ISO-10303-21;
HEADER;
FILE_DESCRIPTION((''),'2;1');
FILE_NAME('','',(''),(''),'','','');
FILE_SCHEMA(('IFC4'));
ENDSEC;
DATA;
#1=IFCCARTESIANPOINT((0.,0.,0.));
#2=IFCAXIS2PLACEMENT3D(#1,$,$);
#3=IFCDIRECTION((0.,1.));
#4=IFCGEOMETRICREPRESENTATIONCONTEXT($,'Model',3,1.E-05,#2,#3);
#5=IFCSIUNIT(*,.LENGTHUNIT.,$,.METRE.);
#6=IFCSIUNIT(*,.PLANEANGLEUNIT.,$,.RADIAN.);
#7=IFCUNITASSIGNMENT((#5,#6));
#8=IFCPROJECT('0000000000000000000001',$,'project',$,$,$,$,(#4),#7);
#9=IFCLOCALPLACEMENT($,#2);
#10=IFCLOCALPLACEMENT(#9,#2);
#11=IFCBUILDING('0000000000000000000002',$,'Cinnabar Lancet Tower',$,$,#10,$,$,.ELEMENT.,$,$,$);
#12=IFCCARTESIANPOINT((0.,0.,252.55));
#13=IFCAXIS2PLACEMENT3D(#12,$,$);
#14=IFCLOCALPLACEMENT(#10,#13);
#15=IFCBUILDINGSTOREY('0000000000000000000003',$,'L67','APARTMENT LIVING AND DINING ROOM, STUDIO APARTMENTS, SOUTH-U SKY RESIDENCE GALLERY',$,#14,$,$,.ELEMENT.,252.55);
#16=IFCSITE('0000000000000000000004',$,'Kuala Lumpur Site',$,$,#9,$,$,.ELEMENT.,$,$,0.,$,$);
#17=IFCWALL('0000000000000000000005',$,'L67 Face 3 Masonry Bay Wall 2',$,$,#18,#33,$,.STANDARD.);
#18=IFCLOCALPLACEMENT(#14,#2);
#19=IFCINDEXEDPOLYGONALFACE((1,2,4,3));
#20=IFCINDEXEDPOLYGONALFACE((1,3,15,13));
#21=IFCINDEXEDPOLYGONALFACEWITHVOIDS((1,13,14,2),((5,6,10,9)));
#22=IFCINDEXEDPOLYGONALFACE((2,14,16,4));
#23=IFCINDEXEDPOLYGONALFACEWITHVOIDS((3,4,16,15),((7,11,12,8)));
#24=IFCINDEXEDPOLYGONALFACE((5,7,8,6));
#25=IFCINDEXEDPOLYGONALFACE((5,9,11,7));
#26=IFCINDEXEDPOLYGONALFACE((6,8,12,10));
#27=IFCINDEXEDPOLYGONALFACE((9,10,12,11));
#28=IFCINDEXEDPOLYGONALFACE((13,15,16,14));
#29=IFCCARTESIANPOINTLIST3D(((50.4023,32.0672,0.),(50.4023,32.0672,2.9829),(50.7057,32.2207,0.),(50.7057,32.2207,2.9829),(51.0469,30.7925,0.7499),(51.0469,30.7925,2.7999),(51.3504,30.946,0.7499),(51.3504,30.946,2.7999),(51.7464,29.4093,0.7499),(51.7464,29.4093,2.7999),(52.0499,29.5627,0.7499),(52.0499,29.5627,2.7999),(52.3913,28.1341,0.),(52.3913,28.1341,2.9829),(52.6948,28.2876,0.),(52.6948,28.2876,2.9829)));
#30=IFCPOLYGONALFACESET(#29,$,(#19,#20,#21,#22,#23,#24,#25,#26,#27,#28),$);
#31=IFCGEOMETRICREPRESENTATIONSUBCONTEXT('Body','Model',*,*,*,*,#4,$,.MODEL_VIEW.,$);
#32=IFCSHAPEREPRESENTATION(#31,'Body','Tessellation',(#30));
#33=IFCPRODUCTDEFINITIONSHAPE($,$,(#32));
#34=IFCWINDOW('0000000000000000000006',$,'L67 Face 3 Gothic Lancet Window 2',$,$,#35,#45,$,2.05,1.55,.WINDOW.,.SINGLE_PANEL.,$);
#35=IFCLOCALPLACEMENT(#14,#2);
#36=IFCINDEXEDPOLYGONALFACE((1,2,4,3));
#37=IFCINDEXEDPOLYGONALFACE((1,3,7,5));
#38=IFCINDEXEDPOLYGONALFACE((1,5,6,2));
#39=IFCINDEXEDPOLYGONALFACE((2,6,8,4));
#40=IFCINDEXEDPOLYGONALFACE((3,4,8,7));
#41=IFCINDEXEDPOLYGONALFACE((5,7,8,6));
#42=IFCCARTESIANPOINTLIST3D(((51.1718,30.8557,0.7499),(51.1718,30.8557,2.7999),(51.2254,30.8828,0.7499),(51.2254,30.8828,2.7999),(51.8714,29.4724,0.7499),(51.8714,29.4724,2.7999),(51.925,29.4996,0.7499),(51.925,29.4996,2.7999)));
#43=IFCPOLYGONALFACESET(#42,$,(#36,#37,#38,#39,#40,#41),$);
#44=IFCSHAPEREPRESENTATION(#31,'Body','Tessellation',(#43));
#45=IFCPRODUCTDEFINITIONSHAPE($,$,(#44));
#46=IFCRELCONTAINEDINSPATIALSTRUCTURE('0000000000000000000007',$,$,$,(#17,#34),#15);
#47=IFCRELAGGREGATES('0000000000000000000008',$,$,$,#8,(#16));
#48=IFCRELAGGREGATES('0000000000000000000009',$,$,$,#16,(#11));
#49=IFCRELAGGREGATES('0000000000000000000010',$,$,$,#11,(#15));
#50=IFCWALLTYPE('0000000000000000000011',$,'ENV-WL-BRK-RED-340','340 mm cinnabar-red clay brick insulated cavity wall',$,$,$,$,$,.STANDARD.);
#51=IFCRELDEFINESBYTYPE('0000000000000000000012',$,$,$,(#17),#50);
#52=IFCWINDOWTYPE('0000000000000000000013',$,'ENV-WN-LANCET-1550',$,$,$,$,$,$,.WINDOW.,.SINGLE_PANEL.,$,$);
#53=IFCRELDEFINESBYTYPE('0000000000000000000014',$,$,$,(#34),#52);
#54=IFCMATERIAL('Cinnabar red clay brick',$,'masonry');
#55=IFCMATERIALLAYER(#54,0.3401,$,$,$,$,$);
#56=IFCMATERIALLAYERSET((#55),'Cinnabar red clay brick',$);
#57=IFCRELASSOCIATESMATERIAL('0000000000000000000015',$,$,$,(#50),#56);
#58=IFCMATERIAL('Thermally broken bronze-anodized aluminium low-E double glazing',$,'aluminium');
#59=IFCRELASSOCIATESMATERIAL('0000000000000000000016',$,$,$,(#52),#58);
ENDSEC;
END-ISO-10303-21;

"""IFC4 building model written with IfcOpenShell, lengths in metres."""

from ifc_helpers import new_model, si_unit, direction, frame, frame_2d, origin, place, context, subcontext, project, spatial, rectangle, extrude, material, layer, layer_set, type_object, element, fill, save


model = new_model("IFC4")

# Units and contexts
model_context = context("Model", 3, precision=1e-05, world=origin(), true_north=direction((0.0, 1.0)))
body_context = subcontext(model_context, "Body", "Model", "MODEL_VIEW")
ifc_project = project(units=[si_unit("LENGTHUNIT", "METRE"), si_unit("PLANEANGLEUNIT", "RADIAN")], contexts=[model_context])

# Site, building, storey
site_placement = place(None, origin())
site = spatial("IfcSite", under=ifc_project, at=site_placement, Name="Kuala Lumpur Site", CompositionType="ELEMENT", RefElevation=0.0)
building_placement = place(site_placement, origin())
building = spatial("IfcBuilding", under=site, at=building_placement, Name="Cinnabar Lancet Tower", CompositionType="ELEMENT")
storey_placement = place(building_placement, frame((0.0, 0.0, 252.55)))
storey = spatial("IfcBuildingStorey", under=building, at=storey_placement, Name="L67", Description="APARTMENT LIVING AND DINING ROOM, STUDIO APARTMENTS, SOUTH-U SKY RESIDENCE GALLERY", CompositionType="ELEMENT", Elevation=252.55)

# Shared definitions
ifc_material_1 = material(Name="Cinnabar red clay brick", Category="masonry")
ifc_layer_1 = layer(ifc_material_1, 0.3401)
ifc_layer_set_1 = layer_set([ifc_layer_1], Name="Cinnabar red clay brick")
wall_type_1 = type_object("IfcWallType", Name="ENV-WL-BRK-RED-340", Description="340 mm cinnabar-red clay brick insulated cavity wall", PredefinedType="STANDARD", material=ifc_layer_set_1)

# Wall, opening, window
wall_1_placement = place(storey_placement, frame((52.543, 28.2109, 0.0), z_axis=(0.0, 0.0, 1.0), x_axis=(-0.451286, 0.892379, 0.0)))
wall_1 = element("IfcWall", 1, at=wall_1_placement, inside=storey, type_object=wall_type_1, Name="L67 Face 3 Masonry Bay Wall 2", PredefinedType="STANDARD", context=body_context, shape_type="SweptSolid", body=[
    extrude(rectangle(XDim=4.4075, YDim=0.3401, at=frame_2d((2.2036, 0.0))), origin(), (0.0, 0.0, 1.0), 2.9829),
])
opening_1_placement = place(wall_1_placement, frame((1.429, 0.0, 0.75)))
opening_1 = element("IfcOpeningElement", 2, at=opening_1_placement, cuts=wall_1, PredefinedType="OPENING", context=body_context, shape_type="SweptSolid", body=[
    extrude(rectangle(XDim=1.55, YDim=2.05, at=frame_2d((0.7749, 1.0249))), frame((0.0, 0.1799, 0.0), z_axis=(0.0, -1.0, 0.0), x_axis=(1.0, 0.0, 0.0)), (0.0, 0.0, 1.0), 0.3601),
])
ifc_material_2 = material(Name="Thermally broken bronze-anodized aluminium low-E double glazing", Category="aluminium")
window_type = type_object("IfcWindowType", Name="ENV-WN-LANCET-1550", PartitioningType="SINGLE_PANEL", PredefinedType="WINDOW", material=ifc_material_2)
window_placement = place(opening_1_placement, origin())
window = element("IfcWindow", 3, at=window_placement, inside=storey, type_object=window_type, Name="L67 Face 3 Gothic Lancet Window 2", OverallHeight=2.05, OverallWidth=1.55, PartitioningType="SINGLE_PANEL", PredefinedType="WINDOW", context=body_context, shape_type="SweptSolid", body=[
    extrude(rectangle(XDim=1.55, YDim=2.05, at=frame_2d((0.7749, 1.0249))), frame((0.0, 0.03, 0.0), z_axis=(0.0, -1.0, 0.0), x_axis=(1.0, 0.0, 0.0)), (0.0, 0.0, 1.0), 0.0601),
])
fill(opening_1, window)

save(model, "model.ifc")
